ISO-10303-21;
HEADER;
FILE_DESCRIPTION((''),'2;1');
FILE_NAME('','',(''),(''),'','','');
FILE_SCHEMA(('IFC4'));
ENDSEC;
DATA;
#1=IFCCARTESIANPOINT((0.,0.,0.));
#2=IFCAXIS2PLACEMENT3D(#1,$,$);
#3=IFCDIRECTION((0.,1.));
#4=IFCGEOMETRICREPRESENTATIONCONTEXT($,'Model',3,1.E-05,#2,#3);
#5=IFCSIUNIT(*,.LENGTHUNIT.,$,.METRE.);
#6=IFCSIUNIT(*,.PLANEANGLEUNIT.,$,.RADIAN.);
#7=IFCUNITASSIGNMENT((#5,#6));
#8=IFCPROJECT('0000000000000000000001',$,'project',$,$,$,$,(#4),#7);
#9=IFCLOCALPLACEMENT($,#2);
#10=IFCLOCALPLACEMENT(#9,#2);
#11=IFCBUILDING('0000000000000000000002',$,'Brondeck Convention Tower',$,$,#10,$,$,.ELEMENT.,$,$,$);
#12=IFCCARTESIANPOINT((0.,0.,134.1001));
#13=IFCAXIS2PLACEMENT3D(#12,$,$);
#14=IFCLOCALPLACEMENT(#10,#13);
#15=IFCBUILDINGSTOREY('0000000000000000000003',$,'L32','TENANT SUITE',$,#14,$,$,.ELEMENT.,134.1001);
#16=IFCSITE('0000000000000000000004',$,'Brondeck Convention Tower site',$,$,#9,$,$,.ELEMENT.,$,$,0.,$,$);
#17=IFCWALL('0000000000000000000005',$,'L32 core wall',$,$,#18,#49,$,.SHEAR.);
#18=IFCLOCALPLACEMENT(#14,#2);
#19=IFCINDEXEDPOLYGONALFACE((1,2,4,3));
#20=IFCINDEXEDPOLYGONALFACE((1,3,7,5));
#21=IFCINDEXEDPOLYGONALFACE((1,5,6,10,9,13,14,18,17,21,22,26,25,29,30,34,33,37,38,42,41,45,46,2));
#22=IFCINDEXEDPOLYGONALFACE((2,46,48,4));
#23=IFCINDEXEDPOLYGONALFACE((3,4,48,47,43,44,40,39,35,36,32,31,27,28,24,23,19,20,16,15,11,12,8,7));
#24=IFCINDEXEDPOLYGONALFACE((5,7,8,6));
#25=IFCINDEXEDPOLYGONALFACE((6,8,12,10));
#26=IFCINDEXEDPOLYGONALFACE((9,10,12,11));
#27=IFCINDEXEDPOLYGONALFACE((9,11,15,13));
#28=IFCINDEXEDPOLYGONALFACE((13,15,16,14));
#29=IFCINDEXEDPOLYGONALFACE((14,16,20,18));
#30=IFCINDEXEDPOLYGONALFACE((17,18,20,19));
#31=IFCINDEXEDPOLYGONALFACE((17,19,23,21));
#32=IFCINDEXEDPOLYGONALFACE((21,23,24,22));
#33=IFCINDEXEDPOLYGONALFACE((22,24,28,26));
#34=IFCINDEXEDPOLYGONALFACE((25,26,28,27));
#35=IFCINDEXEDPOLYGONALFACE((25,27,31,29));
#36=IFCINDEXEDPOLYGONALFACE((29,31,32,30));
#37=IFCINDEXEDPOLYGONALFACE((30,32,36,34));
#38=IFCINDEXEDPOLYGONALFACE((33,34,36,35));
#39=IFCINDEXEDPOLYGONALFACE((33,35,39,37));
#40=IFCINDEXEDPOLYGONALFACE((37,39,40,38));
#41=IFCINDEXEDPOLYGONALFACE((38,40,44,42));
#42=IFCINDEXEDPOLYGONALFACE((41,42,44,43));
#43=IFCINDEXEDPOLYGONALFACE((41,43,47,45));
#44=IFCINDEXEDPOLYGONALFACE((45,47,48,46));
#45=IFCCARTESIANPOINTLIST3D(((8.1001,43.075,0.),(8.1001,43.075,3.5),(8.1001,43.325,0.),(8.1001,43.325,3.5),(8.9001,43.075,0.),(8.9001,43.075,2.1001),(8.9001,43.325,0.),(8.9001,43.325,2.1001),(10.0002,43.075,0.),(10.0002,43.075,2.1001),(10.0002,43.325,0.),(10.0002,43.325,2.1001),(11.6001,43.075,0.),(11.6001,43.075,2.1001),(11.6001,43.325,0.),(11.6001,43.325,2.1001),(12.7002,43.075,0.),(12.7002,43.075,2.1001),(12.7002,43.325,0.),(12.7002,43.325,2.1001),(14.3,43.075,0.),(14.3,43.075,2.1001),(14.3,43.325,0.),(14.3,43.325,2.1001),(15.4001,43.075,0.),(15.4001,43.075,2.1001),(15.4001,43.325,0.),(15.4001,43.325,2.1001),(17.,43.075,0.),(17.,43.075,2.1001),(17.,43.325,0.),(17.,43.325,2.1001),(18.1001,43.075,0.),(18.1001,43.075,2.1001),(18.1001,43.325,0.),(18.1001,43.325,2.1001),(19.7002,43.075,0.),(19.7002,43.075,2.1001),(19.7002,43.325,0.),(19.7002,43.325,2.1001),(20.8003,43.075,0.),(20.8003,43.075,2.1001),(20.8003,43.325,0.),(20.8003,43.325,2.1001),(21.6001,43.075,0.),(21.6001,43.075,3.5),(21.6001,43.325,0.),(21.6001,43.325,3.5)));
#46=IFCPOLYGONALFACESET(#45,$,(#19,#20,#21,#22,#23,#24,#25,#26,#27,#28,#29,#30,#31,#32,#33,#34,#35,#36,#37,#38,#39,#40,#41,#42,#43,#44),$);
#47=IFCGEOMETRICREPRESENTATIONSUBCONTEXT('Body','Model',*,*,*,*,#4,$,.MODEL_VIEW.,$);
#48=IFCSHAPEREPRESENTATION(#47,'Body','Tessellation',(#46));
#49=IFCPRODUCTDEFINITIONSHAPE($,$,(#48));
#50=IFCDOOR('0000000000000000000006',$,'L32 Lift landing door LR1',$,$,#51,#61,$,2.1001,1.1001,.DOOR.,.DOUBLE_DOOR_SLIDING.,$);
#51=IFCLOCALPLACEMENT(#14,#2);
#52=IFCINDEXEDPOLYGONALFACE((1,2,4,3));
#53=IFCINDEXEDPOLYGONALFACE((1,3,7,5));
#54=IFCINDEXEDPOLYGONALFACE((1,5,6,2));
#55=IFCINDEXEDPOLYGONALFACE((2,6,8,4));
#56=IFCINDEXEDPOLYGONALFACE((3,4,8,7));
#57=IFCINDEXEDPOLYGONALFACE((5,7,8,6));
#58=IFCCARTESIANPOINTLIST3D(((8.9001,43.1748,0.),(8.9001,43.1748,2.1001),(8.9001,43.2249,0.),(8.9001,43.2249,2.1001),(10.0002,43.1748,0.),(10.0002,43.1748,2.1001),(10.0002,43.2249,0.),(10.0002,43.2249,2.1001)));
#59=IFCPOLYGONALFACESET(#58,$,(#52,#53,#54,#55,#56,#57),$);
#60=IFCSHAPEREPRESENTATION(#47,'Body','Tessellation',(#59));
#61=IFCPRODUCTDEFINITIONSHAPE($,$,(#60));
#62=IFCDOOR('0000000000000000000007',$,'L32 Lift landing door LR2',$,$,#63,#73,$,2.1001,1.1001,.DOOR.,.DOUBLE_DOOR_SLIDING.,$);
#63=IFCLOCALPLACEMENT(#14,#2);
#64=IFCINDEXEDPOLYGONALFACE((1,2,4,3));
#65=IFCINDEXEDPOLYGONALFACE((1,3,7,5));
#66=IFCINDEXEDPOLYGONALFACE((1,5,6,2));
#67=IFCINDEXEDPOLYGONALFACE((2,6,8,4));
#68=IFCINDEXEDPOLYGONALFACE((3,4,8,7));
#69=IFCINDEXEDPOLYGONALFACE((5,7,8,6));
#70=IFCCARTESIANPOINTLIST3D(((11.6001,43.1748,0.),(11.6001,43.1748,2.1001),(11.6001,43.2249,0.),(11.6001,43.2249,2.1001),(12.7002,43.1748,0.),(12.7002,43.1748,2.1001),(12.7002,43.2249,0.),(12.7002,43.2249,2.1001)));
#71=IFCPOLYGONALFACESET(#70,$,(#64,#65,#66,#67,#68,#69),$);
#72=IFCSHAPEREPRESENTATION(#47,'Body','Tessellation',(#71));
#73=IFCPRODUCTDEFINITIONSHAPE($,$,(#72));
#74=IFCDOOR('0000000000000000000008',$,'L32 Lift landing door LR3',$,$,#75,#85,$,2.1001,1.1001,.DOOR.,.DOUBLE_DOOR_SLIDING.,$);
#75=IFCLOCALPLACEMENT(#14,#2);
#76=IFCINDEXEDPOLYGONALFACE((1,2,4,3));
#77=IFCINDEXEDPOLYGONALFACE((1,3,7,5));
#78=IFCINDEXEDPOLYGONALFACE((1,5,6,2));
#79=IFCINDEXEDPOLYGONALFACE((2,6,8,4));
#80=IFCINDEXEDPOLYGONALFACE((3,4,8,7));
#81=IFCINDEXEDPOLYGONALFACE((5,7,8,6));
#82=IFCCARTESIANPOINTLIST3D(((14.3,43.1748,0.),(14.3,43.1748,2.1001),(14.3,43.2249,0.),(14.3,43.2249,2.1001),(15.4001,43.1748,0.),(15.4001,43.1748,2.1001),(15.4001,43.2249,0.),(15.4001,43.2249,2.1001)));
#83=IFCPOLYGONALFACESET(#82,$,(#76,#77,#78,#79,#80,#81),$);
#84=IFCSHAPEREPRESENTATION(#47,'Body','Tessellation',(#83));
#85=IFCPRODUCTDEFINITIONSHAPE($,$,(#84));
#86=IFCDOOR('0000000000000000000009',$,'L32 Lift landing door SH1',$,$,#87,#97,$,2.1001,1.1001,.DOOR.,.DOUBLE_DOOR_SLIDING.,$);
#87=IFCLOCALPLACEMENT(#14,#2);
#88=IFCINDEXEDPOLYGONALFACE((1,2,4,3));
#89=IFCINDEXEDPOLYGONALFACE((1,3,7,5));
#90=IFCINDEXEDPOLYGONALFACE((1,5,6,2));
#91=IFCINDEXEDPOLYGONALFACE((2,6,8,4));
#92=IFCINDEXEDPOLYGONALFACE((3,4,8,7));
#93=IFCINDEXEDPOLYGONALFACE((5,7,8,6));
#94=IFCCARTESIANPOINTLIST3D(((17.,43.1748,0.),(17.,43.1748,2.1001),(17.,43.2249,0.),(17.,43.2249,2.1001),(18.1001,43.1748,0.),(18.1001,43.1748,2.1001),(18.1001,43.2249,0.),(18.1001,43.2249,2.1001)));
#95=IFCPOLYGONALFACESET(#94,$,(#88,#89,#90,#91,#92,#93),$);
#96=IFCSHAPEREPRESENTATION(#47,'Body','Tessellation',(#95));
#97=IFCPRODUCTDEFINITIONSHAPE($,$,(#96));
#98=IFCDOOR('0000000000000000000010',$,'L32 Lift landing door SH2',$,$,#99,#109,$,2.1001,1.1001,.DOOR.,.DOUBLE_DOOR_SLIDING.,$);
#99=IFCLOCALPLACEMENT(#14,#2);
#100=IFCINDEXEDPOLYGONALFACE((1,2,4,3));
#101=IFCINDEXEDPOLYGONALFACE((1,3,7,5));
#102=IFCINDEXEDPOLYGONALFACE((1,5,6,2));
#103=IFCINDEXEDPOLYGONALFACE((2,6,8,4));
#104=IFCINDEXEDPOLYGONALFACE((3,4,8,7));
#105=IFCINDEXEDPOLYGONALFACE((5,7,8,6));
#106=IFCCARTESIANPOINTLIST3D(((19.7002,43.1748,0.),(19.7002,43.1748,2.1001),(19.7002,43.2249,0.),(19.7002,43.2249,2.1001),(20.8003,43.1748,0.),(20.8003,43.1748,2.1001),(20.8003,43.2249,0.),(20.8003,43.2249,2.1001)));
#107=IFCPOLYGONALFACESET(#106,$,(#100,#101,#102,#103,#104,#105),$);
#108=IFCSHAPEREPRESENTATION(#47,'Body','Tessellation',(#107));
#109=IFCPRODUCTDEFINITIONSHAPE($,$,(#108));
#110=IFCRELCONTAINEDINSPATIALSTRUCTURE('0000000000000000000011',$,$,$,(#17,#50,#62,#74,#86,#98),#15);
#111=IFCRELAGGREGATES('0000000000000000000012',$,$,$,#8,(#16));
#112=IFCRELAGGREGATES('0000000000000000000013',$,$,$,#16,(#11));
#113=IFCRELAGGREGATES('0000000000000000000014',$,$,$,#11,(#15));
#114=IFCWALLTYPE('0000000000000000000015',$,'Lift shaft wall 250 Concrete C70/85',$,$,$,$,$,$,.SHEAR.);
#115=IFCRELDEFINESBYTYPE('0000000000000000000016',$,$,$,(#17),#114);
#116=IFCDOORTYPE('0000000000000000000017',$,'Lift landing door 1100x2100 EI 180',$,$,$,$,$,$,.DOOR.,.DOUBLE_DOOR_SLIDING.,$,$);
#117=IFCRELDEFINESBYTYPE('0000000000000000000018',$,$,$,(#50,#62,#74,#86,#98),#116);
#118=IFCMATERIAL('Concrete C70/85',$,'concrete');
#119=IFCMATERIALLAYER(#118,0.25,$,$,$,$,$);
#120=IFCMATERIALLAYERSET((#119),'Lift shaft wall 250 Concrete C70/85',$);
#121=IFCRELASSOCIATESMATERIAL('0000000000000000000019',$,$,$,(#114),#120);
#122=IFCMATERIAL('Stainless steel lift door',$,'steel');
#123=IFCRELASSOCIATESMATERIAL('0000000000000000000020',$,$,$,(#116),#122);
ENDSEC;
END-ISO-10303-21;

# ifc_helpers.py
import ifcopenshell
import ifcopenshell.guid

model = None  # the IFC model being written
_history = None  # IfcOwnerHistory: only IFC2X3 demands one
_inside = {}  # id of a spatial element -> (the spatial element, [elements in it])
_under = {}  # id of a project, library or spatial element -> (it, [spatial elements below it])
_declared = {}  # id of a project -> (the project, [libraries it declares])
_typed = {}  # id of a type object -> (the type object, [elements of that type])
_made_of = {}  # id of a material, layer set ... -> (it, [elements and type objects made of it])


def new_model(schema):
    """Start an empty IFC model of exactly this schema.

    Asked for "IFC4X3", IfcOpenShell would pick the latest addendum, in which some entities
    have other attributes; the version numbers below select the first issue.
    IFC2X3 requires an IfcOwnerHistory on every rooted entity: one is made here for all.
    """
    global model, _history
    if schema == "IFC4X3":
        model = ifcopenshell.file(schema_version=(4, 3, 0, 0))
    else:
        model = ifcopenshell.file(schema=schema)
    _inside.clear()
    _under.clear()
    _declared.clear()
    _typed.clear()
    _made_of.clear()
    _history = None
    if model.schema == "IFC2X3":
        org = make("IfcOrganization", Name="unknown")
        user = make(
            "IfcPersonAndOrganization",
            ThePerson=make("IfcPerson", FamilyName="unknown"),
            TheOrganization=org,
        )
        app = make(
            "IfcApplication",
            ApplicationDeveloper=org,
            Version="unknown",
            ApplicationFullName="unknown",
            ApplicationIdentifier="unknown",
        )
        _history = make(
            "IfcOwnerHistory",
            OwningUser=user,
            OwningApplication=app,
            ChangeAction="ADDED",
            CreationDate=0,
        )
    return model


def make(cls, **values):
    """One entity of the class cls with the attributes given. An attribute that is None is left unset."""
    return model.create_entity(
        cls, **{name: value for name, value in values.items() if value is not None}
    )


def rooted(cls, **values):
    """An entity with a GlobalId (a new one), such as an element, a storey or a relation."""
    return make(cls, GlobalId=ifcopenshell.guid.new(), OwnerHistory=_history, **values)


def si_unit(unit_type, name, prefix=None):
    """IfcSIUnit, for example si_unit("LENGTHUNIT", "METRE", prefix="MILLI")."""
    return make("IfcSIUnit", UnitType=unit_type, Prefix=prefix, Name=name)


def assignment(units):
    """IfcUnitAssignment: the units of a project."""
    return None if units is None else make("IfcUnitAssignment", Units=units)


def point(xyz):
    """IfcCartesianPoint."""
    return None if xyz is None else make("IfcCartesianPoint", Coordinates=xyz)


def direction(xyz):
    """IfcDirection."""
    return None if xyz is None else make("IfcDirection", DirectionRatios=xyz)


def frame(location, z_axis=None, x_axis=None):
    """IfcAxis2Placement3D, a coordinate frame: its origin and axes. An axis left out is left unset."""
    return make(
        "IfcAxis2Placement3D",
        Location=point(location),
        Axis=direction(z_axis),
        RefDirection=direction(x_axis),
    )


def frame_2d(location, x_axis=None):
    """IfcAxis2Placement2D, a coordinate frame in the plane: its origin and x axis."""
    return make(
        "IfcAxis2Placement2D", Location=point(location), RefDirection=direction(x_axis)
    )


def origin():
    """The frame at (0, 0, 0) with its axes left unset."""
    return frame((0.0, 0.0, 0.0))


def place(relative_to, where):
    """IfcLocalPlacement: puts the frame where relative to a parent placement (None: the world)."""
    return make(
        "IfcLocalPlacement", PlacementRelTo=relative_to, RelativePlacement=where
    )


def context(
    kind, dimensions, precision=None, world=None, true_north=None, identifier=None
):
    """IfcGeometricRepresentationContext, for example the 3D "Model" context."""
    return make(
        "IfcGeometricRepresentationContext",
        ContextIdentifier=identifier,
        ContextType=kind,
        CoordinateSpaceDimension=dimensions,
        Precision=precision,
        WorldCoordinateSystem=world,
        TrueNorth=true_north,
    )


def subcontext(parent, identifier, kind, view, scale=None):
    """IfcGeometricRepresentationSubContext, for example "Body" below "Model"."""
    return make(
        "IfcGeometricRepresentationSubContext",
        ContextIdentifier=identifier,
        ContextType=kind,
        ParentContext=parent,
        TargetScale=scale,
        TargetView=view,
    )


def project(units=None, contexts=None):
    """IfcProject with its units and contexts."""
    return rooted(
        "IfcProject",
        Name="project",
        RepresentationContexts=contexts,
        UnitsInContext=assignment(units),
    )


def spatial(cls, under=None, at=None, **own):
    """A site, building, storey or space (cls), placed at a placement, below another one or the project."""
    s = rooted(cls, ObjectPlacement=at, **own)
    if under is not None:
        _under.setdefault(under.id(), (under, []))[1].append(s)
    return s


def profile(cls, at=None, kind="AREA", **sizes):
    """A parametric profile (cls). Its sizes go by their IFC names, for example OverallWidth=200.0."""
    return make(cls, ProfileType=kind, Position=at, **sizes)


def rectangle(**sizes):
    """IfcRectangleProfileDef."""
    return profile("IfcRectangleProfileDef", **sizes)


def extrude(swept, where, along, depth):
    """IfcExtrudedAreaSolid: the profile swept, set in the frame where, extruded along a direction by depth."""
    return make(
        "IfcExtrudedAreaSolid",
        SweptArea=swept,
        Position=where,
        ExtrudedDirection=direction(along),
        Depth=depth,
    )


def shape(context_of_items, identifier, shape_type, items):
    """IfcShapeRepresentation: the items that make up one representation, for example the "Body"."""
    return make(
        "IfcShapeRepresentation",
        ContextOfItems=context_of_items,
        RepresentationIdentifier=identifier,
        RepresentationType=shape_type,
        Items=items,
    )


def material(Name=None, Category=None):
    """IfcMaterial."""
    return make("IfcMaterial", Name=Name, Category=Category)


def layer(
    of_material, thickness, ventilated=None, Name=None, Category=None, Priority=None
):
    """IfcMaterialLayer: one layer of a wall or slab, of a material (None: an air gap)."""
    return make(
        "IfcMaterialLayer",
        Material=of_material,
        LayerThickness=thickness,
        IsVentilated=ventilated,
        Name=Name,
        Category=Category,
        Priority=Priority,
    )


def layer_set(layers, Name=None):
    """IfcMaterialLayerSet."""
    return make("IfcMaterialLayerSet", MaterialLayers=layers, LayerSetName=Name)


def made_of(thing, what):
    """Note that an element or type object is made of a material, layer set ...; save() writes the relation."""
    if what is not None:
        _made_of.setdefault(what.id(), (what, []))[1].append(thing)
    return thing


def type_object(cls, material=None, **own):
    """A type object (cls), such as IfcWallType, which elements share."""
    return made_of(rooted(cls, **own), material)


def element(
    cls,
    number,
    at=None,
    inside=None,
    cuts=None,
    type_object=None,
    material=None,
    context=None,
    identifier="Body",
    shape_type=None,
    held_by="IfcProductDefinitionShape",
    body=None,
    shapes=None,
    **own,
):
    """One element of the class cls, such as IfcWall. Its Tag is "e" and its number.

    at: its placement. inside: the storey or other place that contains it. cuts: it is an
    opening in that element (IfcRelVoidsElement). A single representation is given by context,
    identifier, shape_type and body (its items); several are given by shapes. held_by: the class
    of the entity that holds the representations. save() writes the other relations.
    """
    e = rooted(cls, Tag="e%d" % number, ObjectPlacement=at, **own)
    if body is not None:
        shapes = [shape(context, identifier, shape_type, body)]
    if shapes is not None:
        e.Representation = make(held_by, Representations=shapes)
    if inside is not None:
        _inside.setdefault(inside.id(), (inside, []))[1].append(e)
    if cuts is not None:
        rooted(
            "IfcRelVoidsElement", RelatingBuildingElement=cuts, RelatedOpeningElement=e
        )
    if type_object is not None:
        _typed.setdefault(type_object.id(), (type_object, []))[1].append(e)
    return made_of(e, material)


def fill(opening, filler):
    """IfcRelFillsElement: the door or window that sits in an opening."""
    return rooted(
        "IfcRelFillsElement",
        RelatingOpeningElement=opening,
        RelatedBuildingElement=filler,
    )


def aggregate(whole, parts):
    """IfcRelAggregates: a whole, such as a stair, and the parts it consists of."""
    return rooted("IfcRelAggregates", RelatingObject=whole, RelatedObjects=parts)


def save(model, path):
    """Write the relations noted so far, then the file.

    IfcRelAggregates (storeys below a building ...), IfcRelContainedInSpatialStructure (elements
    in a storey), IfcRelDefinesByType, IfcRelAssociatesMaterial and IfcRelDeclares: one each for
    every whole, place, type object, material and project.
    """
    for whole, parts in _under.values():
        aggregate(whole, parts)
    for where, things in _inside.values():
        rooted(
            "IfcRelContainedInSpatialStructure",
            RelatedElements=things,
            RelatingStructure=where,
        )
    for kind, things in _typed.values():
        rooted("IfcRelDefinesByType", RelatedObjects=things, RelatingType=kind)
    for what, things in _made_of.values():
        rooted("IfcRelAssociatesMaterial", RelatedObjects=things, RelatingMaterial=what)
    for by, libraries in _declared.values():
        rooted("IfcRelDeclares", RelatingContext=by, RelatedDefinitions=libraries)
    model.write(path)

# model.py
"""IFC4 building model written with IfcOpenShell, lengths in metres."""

from ifc_helpers import new_model, si_unit, direction, frame, frame_2d, origin, place, context, subcontext, project, spatial, rectangle, extrude, material, layer, layer_set, type_object, element, fill, save


model = new_model("IFC4")

# Units and contexts
model_context = context("Model", 3, precision=1e-05, world=origin(), true_north=direction((0.0, 1.0)))
body_context = subcontext(model_context, "Body", "Model", "MODEL_VIEW")
ifc_project = project(units=[si_unit("LENGTHUNIT", "METRE"), si_unit("PLANEANGLEUNIT", "RADIAN")], contexts=[model_context])

# Site, building, storey
site_placement = place(None, origin())
site = spatial("IfcSite", under=ifc_project, at=site_placement, Name="Brondeck Convention Tower site", CompositionType="ELEMENT", RefElevation=0.0)
building_placement = place(site_placement, origin())
building = spatial("IfcBuilding", under=site, at=building_placement, Name="Brondeck Convention Tower", CompositionType="ELEMENT")
storey_placement = place(building_placement, frame((0.0, 0.0, 134.1001)))
storey = spatial("IfcBuildingStorey", under=building, at=storey_placement, Name="L32", Description="TENANT SUITE", CompositionType="ELEMENT", Elevation=134.1001)

# Shared definitions
ifc_material_1 = material(Name="Concrete C70/85", Category="concrete")

# Shared definitions
ifc_layer_1 = layer(ifc_material_1, 0.25)
ifc_layer_set_1 = layer_set([ifc_layer_1], Name="Lift shaft wall 250 Concrete C70/85")
wall_type_1 = type_object("IfcWallType", Name="Lift shaft wall 250 Concrete C70/85", PredefinedType="SHEAR", material=ifc_layer_set_1)

# Wall, openings, doors
wall_1_placement = place(storey_placement, frame((8.1001, 43.2, 0.0), z_axis=(0.0, 0.0, 1.0), x_axis=(1.0, 0.0, 0.0)))
wall_1 = element("IfcWall", 1, at=wall_1_placement, inside=storey, type_object=wall_type_1, Name="L32 core wall", PredefinedType="SHEAR", context=body_context, shape_type="SweptSolid", body=[
    extrude(rectangle(XDim=13.5, YDim=0.25, at=frame_2d((6.75, 0.0))), origin(), (0.0, 0.0, 1.0), 3.5),
])
opening_1_placement = place(wall_1_placement, frame((0.8, 0.0, 0.0)))
opening_1 = element("IfcOpeningElement", 2, at=opening_1_placement, cuts=wall_1, PredefinedType="OPENING", context=body_context, shape_type="SweptSolid", body=[
    extrude(rectangle(XDim=1.1001, YDim=2.1001, at=frame_2d((0.55, 1.05))), frame((0.0, 0.135, 0.0), z_axis=(0.0, -1.0, 0.0), x_axis=(1.0, 0.0, 0.0)), (0.0, 0.0, 1.0), 0.27),
])
opening_2_placement = place(wall_1_placement, frame((3.5, 0.0, 0.0)))
opening_2 = element("IfcOpeningElement", 3, at=opening_2_placement, cuts=wall_1, PredefinedType="OPENING", context=body_context, shape_type="SweptSolid", body=[
    extrude(rectangle(XDim=1.1001, YDim=2.1001, at=frame_2d((0.55, 1.05))), frame((0.0, 0.135, 0.0), z_axis=(0.0, -1.0, 0.0), x_axis=(1.0, 0.0, 0.0)), (0.0, 0.0, 1.0), 0.27),
])
opening_3_placement = place(wall_1_placement, frame((6.2, 0.0, 0.0)))
opening_3 = element("IfcOpeningElement", 4, at=opening_3_placement, cuts=wall_1, PredefinedType="OPENING", context=body_context, shape_type="SweptSolid", body=[
    extrude(rectangle(XDim=1.1001, YDim=2.1001, at=frame_2d((0.55, 1.05))), frame((0.0, 0.135, 0.0), z_axis=(0.0, -1.0, 0.0), x_axis=(1.0, 0.0, 0.0)), (0.0, 0.0, 1.0), 0.27),
])
opening_4_placement = place(wall_1_placement, frame((8.8999, 0.0, 0.0)))
opening_4 = element("IfcOpeningElement", 5, at=opening_4_placement, cuts=wall_1, PredefinedType="OPENING", context=body_context, shape_type="SweptSolid", body=[
    extrude(rectangle(XDim=1.1001, YDim=2.1001, at=frame_2d((0.55, 1.05))), frame((0.0, 0.135, 0.0), z_axis=(0.0, -1.0, 0.0), x_axis=(1.0, 0.0, 0.0)), (0.0, 0.0, 1.0), 0.27),
])
opening_5_placement = place(wall_1_placement, frame((11.6001, 0.0, 0.0)))
opening_5 = element("IfcOpeningElement", 6, at=opening_5_placement, cuts=wall_1, PredefinedType="OPENING", context=body_context, shape_type="SweptSolid", body=[
    extrude(rectangle(XDim=1.1001, YDim=2.1001, at=frame_2d((0.55, 1.05))), frame((0.0, 0.135, 0.0), z_axis=(0.0, -1.0, 0.0), x_axis=(1.0, 0.0, 0.0)), (0.0, 0.0, 1.0), 0.27),
])
ifc_material_2 = material(Name="Stainless steel lift door", Category="steel")
door_type_1 = type_object("IfcDoorType", Name="Lift landing door 1100x2100 EI 180", OperationType="DOUBLE_DOOR_SLIDING", PredefinedType="DOOR", material=ifc_material_2)
door_1_placement = place(opening_1_placement, origin())
door_1 = element("IfcDoor", 7, at=door_1_placement, inside=storey, type_object=door_type_1, Name="L32 Lift landing door LR1", OperationType="DOUBLE_DOOR_SLIDING", OverallHeight=2.1001, OverallWidth=1.1001, PredefinedType="DOOR", context=body_context, shape_type="SweptSolid", body=[
    extrude(rectangle(XDim=1.1001, YDim=2.1001, at=frame_2d((0.55, 1.05))), frame((0.0, 0.0249, 0.0), z_axis=(0.0, -1.0, 0.0), x_axis=(1.0, 0.0, 0.0)), (0.0, 0.0, 1.0), 0.05),
])
fill(opening_1, door_1)
door_2_placement = place(opening_2_placement, origin())
door_2 = element("IfcDoor", 8, at=door_2_placement, inside=storey, type_object=door_type_1, Name="L32 Lift landing door LR2", OperationType="DOUBLE_DOOR_SLIDING", OverallHeight=2.1001, OverallWidth=1.1001, PredefinedType="DOOR", context=body_context, shape_type="SweptSolid", body=[
    extrude(rectangle(XDim=1.1001, YDim=2.1001, at=frame_2d((0.55, 1.05))), frame((0.0, 0.0249, 0.0), z_axis=(0.0, -1.0, 0.0), x_axis=(1.0, 0.0, 0.0)), (0.0, 0.0, 1.0), 0.05),
])
fill(opening_2, door_2)
door_3_placement = place(opening_3_placement, origin())
door_3 = element("IfcDoor", 9, at=door_3_placement, inside=storey, type_object=door_type_1, Name="L32 Lift landing door LR3", OperationType="DOUBLE_DOOR_SLIDING", OverallHeight=2.1001, OverallWidth=1.1001, PredefinedType="DOOR", context=body_context, shape_type="SweptSolid", body=[
    extrude(rectangle(XDim=1.1001, YDim=2.1001, at=frame_2d((0.55, 1.05))), frame((0.0, 0.0249, 0.0), z_axis=(0.0, -1.0, 0.0), x_axis=(1.0, 0.0, 0.0)), (0.0, 0.0, 1.0), 0.05),
])
fill(opening_3, door_3)
door_4_placement = place(opening_4_placement, origin())
door_4 = element("IfcDoor", 10, at=door_4_placement, inside=storey, type_object=door_type_1, Name="L32 Lift landing door SH1", OperationType="DOUBLE_DOOR_SLIDING", OverallHeight=2.1001, OverallWidth=1.1001, PredefinedType="DOOR", context=body_context, shape_type="SweptSolid", body=[
    extrude(rectangle(XDim=1.1001, YDim=2.1001, at=frame_2d((0.55, 1.05))), frame((0.0, 0.0249, 0.0), z_axis=(0.0, -1.0, 0.0), x_axis=(1.0, 0.0, 0.0)), (0.0, 0.0, 1.0), 0.05),
])
fill(opening_4, door_4)
door_5_placement = place(opening_5_placement, origin())
door_5 = element("IfcDoor", 11, at=door_5_placement, inside=storey, type_object=door_type_1, Name="L32 Lift landing door SH2", OperationType="DOUBLE_DOOR_SLIDING", OverallHeight=2.1001, OverallWidth=1.1001, PredefinedType="DOOR", context=body_context, shape_type="SweptSolid", body=[
    extrude(rectangle(XDim=1.1001, YDim=2.1001, at=frame_2d((0.55, 1.05))), frame((0.0, 0.0249, 0.0), z_axis=(0.0, -1.0, 0.0), x_axis=(1.0, 0.0, 0.0)), (0.0, 0.0, 1.0), 0.05),
])
fill(opening_5, door_5)

save(model, "model.ifc")
